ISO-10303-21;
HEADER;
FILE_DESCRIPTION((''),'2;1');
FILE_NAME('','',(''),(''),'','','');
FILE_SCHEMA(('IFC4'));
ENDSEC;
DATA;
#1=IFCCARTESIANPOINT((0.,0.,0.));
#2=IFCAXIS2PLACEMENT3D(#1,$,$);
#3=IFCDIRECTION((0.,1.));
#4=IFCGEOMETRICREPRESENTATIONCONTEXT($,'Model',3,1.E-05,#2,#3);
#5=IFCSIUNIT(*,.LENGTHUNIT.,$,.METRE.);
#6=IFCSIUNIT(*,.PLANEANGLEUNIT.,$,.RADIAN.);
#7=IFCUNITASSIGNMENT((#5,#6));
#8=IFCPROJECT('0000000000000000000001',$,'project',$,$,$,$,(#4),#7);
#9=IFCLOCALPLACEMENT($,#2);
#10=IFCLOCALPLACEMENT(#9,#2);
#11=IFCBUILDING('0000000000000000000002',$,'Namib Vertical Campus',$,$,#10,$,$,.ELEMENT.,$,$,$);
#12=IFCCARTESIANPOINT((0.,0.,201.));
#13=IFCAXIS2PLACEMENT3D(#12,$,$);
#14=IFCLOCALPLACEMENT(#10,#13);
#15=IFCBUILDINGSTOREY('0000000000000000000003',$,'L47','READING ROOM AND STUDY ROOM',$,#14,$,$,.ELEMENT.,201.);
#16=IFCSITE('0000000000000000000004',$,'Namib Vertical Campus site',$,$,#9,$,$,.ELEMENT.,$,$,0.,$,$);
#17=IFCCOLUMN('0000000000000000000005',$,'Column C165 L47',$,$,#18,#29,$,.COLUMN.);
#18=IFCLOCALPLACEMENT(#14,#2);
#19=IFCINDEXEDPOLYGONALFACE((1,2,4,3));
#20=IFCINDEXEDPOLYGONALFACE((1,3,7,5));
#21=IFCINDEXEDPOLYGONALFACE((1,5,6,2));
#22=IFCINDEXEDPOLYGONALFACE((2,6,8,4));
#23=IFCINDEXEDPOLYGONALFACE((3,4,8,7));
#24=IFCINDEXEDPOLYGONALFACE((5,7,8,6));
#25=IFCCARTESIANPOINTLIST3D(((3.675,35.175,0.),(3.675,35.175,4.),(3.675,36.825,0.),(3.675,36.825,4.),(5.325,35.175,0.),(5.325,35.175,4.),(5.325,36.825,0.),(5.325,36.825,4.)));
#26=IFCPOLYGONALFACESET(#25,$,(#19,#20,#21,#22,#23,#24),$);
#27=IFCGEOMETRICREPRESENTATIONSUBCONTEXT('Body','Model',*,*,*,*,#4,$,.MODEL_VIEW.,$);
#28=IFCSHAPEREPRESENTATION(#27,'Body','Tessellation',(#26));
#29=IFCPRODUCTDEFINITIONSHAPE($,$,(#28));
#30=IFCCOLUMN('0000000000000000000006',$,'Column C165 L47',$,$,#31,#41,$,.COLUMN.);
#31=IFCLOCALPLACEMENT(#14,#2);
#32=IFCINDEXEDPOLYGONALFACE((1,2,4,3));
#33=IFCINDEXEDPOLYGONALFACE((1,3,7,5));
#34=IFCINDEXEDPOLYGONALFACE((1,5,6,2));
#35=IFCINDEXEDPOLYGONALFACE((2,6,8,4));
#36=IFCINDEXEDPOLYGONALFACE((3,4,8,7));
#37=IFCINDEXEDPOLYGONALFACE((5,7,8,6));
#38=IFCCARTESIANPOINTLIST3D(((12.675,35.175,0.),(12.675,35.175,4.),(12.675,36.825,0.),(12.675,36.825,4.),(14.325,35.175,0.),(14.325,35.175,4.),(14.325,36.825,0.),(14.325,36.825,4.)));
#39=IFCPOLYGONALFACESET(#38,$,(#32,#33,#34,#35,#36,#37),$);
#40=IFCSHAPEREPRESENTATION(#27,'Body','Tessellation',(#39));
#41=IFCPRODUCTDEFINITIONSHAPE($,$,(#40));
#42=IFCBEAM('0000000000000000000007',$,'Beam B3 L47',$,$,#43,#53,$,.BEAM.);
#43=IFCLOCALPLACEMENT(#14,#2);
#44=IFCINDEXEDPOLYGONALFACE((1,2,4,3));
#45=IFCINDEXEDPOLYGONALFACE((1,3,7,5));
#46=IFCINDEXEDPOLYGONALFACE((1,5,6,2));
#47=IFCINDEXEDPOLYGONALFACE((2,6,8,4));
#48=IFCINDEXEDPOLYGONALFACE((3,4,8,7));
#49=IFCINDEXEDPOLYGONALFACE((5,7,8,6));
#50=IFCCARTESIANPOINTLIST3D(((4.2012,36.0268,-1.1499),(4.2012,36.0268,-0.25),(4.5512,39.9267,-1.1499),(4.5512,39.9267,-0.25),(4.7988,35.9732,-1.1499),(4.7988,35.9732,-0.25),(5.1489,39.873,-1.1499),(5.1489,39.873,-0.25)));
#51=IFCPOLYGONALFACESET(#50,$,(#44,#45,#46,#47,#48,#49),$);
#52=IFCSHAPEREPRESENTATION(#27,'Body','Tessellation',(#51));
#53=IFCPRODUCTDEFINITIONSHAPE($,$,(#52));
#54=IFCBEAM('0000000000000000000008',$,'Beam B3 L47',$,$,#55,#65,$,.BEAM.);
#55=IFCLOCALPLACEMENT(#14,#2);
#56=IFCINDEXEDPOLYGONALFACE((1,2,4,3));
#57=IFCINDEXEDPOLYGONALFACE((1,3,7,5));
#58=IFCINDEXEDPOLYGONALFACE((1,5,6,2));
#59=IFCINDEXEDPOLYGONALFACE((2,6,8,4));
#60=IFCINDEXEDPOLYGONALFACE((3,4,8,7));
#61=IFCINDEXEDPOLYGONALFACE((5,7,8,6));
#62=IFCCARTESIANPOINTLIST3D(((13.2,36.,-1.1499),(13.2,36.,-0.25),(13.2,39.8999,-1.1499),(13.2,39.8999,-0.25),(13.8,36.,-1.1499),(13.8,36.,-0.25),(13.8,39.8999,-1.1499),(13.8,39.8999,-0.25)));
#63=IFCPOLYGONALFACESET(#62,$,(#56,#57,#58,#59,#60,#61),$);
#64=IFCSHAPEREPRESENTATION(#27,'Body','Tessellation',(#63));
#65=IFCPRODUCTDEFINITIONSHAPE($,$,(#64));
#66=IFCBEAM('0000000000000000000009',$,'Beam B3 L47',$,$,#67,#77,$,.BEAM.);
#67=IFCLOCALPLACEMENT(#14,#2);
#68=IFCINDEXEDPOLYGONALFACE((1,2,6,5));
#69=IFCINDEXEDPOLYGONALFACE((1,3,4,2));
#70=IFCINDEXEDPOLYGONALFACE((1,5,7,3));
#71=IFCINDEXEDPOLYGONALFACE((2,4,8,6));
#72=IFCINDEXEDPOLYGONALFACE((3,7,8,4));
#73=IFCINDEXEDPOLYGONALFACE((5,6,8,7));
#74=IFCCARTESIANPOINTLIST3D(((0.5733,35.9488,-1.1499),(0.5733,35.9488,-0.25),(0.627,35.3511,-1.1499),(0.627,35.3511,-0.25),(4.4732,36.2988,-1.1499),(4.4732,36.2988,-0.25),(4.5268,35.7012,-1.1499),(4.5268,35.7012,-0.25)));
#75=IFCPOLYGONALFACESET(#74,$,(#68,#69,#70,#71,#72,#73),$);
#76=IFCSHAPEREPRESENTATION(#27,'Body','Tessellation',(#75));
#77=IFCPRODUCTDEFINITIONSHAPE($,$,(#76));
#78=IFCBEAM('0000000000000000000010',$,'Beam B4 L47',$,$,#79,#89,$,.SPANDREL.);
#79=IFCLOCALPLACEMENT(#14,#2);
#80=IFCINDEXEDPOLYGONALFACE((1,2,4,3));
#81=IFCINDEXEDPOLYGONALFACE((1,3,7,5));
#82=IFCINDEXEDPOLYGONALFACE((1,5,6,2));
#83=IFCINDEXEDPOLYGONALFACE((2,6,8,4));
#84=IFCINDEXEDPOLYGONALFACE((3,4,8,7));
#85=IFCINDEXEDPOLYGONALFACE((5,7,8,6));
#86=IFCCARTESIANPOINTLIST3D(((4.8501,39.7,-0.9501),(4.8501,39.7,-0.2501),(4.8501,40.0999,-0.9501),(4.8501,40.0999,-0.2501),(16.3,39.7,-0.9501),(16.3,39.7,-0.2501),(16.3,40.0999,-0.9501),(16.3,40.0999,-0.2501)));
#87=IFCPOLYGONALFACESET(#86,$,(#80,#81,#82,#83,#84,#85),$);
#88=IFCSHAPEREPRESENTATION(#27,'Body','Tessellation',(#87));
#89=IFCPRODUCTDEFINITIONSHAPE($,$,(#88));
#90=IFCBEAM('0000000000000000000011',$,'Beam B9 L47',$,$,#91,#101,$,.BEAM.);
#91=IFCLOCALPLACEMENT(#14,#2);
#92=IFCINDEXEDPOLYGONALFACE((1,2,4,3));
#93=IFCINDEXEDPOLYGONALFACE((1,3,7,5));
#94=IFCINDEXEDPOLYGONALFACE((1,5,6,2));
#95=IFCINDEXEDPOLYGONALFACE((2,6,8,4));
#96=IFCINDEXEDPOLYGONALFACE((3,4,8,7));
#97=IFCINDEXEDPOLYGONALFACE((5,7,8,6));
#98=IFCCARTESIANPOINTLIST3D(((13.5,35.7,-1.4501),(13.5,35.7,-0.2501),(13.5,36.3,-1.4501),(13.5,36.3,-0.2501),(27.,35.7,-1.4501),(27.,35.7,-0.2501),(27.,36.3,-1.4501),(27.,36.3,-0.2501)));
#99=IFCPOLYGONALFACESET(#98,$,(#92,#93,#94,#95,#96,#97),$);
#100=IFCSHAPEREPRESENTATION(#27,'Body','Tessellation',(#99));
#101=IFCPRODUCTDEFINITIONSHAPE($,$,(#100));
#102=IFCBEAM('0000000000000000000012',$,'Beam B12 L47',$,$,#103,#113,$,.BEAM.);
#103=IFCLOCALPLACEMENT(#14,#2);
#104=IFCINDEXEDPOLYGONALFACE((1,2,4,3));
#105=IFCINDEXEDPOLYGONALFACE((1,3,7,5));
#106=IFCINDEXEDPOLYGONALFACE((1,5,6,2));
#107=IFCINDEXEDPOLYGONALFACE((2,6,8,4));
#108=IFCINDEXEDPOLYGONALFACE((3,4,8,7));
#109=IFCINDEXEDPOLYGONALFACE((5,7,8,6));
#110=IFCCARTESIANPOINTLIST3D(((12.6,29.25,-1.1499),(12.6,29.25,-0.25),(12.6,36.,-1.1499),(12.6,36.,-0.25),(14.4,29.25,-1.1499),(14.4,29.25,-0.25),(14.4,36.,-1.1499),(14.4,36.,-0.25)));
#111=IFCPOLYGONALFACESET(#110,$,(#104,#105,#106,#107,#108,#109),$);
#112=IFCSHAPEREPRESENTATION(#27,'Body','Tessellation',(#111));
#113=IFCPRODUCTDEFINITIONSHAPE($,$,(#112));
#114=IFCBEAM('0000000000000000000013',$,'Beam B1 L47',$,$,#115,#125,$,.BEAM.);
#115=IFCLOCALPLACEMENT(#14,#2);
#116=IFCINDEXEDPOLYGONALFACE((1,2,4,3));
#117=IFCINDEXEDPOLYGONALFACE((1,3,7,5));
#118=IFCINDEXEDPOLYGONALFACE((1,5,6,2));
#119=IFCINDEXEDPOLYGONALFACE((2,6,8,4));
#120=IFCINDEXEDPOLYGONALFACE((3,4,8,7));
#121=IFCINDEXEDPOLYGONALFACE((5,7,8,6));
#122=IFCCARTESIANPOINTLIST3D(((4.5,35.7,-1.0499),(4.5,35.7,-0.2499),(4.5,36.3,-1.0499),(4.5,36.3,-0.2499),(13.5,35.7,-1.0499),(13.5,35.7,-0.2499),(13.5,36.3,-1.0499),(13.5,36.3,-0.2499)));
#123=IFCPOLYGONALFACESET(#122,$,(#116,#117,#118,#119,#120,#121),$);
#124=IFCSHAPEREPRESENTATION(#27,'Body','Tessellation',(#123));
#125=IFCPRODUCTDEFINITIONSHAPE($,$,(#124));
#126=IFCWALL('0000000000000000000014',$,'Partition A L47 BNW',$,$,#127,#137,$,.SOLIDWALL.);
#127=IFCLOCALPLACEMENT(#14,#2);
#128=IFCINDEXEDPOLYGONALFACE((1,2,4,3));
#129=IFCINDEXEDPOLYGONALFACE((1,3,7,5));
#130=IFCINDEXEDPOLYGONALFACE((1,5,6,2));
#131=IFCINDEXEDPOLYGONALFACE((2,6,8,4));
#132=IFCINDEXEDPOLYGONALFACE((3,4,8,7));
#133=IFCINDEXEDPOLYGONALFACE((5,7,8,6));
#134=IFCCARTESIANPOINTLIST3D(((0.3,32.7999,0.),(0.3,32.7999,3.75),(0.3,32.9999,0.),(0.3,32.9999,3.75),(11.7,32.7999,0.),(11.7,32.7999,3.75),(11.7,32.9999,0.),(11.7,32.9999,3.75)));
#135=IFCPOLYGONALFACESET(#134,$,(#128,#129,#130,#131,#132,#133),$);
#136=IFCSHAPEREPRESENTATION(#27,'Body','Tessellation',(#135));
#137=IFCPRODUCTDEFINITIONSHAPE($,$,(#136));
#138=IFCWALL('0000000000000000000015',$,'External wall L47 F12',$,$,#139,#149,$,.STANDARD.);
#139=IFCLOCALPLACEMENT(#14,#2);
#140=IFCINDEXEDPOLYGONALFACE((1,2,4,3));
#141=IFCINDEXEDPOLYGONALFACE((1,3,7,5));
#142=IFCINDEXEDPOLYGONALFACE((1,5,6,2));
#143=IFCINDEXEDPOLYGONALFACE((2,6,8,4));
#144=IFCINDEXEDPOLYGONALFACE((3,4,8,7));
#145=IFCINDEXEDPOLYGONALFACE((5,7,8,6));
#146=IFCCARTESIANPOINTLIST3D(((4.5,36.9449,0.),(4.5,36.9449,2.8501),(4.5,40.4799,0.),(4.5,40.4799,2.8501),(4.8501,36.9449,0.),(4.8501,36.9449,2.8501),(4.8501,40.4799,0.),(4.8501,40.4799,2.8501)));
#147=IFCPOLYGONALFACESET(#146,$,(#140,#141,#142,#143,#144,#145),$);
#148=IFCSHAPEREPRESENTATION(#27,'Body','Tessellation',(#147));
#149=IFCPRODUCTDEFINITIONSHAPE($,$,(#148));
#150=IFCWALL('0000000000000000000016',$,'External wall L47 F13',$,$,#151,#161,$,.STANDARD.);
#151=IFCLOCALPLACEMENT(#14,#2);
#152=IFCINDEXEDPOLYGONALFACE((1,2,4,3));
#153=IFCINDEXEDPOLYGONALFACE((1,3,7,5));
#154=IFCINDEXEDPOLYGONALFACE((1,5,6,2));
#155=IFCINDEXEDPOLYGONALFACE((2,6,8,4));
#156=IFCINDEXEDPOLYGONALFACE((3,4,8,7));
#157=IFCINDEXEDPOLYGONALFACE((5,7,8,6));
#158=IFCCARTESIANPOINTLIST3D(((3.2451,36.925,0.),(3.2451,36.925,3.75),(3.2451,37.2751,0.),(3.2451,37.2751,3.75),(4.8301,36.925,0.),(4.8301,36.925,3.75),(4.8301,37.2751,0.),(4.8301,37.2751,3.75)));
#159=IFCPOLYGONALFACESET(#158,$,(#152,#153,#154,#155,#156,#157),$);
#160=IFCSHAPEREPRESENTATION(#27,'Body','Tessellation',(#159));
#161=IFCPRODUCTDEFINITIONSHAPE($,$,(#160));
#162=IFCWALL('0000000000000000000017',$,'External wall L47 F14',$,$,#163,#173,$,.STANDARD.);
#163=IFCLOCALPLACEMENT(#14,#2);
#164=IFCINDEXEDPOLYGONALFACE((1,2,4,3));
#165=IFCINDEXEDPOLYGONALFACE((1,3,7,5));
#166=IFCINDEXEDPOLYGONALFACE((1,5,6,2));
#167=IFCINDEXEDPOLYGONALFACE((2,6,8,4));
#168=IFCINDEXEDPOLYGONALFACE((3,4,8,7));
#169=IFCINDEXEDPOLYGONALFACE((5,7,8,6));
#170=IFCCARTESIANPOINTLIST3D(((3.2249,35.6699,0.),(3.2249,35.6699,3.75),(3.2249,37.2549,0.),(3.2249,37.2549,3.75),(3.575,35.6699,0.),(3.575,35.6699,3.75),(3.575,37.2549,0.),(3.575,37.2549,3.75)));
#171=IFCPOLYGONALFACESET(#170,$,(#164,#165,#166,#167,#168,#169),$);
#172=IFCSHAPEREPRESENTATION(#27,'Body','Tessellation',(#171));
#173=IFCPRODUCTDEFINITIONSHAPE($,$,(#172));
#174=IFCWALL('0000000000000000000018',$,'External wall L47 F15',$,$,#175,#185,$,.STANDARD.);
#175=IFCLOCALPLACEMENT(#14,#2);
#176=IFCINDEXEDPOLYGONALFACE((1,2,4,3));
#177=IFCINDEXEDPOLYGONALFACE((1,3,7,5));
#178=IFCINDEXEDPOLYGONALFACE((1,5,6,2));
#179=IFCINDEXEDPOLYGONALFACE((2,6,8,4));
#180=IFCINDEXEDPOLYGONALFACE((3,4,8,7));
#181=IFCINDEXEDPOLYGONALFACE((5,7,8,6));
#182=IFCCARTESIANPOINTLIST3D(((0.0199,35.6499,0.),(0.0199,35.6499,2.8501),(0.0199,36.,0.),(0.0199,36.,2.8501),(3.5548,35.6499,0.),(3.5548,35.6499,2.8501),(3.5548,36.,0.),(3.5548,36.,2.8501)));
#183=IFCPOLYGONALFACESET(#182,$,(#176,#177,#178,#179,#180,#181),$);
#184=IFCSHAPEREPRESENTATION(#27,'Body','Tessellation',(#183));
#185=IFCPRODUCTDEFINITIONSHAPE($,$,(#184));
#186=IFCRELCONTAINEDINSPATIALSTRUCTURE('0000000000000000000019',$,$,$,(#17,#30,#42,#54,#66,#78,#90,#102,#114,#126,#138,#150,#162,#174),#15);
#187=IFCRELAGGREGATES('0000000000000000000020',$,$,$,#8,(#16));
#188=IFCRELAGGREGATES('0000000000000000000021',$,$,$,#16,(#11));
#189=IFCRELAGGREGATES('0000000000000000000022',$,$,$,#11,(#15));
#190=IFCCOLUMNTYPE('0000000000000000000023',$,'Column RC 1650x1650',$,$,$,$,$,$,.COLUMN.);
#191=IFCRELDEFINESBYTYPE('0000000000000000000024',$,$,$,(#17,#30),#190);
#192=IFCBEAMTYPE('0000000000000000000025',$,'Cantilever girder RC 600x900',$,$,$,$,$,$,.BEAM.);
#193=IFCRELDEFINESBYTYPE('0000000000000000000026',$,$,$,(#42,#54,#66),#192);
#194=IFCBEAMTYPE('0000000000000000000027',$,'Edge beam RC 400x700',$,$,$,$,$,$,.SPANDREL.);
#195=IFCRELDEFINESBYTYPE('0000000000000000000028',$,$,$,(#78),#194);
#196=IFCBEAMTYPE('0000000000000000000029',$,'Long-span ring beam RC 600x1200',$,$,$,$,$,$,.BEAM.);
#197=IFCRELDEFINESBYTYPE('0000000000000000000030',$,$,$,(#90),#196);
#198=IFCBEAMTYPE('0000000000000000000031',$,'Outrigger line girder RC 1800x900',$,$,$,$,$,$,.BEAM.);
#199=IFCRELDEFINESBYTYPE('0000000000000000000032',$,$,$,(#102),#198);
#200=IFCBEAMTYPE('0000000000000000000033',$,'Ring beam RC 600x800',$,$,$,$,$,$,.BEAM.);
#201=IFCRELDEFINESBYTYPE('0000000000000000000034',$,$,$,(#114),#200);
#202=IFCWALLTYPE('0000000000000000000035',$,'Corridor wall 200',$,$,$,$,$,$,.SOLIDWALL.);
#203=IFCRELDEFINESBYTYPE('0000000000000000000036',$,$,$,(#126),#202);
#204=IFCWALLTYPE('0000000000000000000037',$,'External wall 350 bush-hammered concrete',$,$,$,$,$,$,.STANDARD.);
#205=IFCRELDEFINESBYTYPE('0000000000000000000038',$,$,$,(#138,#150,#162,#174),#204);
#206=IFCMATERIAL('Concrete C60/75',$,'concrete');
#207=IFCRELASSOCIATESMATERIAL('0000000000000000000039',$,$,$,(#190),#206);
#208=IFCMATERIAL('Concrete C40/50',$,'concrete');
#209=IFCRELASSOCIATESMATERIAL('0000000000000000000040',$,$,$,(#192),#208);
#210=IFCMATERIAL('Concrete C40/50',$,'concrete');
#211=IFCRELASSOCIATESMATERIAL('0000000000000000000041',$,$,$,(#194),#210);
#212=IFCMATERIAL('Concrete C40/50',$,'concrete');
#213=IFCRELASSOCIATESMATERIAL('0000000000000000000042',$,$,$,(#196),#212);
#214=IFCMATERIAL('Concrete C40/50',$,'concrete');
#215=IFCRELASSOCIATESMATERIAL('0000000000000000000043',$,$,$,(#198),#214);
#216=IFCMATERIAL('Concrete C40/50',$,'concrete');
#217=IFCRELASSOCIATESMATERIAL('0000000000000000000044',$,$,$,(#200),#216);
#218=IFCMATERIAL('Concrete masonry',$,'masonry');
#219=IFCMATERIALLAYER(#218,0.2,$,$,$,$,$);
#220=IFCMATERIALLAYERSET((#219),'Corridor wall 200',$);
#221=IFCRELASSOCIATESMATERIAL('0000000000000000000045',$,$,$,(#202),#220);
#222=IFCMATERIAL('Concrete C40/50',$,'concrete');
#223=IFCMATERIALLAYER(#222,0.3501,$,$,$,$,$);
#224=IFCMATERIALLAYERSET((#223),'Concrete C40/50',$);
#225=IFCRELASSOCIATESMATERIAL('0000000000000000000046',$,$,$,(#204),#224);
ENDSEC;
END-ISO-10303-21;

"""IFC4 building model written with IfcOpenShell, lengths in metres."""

from ifc_helpers import new_model, si_unit, direction, frame, frame_2d, origin, origin_2d, place, context, subcontext, project, spatial, rectangle, extrude, material, layer, layer_set, material_profile, profile_set, type_object, element, save


model = new_model("IFC4")

# Units and contexts
model_context = context("Model", 3, precision=1e-05, world=origin(), true_north=direction((0.0, 1.0)))
body_context = subcontext(model_context, "Body", "Model", "MODEL_VIEW")
ifc_project = project(units=[si_unit("LENGTHUNIT", "METRE"), si_unit("PLANEANGLEUNIT", "RADIAN")], contexts=[model_context])

# Site, building, storey
site_placement = place(None, origin())
site = spatial("IfcSite", under=ifc_project, at=site_placement, Name="Namib Vertical Campus site", CompositionType="ELEMENT", RefElevation=0.0)
building_placement = place(site_placement, origin())
building = spatial("IfcBuilding", under=site, at=building_placement, Name="Namib Vertical Campus", CompositionType="ELEMENT")
storey_placement = place(building_placement, frame((0.0, 0.0, 201.0)))
storey = spatial("IfcBuildingStorey", under=building, at=storey_placement, Name="L47", Description="READING ROOM AND STUDY ROOM", CompositionType="ELEMENT", Elevation=201.0)

# Columns
ifc_material_1 = material(Name="Concrete C60/75", Category="concrete")
ifc_material_profile_1 = material_profile(ifc_material_1, rectangle(XDim=1.6499, YDim=1.6499, at=origin_2d()))
ifc_profile_set_1 = profile_set([ifc_material_profile_1], Name="Concrete C60/75")
column_type = type_object("IfcColumnType", Name="Column RC 1650x1650", PredefinedType="COLUMN", material=ifc_profile_set_1)
for number, where, z_axis, x_axis, name in (
    (1, (4.5, 36.0, 0.0), (0.0, 0.0, 1.0), (1.0, 0.0, 0.0), "Column C165 L47"),
    (2, (13.5, 36.0, 0.0), (0.0, 0.0, 1.0), (1.0, 0.0, 0.0), "Column C165 L47"),
):
    element("IfcColumn", number, at=place(storey_placement, frame(where, z_axis=z_axis, x_axis=x_axis)), inside=storey, type_object=column_type, Name=name, PredefinedType="COLUMN", context=body_context, shape_type="SweptSolid", body=[
        extrude(rectangle(XDim=1.6499, YDim=1.6499, at=origin_2d()), origin(), (0.0, 0.0, 1.0), 4.0),
    ])

# Beams
ifc_material_2 = material(Name="Concrete C40/50", Category="concrete")
ifc_material_profile_2 = material_profile(ifc_material_2, rectangle(XDim=0.6001, YDim=0.8999, at=origin_2d()))
ifc_profile_set_2 = profile_set([ifc_material_profile_2], Name="Concrete C40/50")
beam_type_1 = type_object("IfcBeamType", Name="Cantilever girder RC 600x900", PredefinedType="BEAM", material=ifc_profile_set_2)
beam_1_placement = place(storey_placement, frame((4.5, 36.0, -0.7), z_axis=(0.089411, 0.995995, 0.0), x_axis=(-0.995995, 0.089411, 0.0)))
element("IfcBeam", 3, at=beam_1_placement, inside=storey, type_object=beam_type_1, Name="Beam B3 L47", PredefinedType="BEAM", context=body_context, shape_type="SweptSolid", body=[
    extrude(rectangle(XDim=0.6001, YDim=0.8999, at=origin_2d()), origin(), (0.0, 0.0, 1.0), 3.9155),
])
beam_2_placement = place(storey_placement, frame((13.5, 36.0, -0.7), z_axis=(0.0, 1.0, 0.0), x_axis=(-1.0, 0.0, 0.0)))
element("IfcBeam", 4, at=beam_2_placement, inside=storey, type_object=beam_type_1, Name="Beam B3 L47", PredefinedType="BEAM", context=body_context, shape_type="SweptSolid", body=[
    extrude(rectangle(XDim=0.6001, YDim=0.8999, at=origin_2d()), origin(), (0.0, 0.0, 1.0), 3.8999),
])
beam_3_placement = place(storey_placement, frame((4.5, 36.0, -0.7), z_axis=(-0.995995, -0.089411, 0.0), x_axis=(0.089411, -0.995995, 0.0)))
element("IfcBeam", 5, at=beam_3_placement, inside=storey, type_object=beam_type_1, Name="Beam B3 L47", PredefinedType="BEAM", context=body_context, shape_type="SweptSolid", body=[
    extrude(rectangle(XDim=0.6001, YDim=0.8999, at=origin_2d()), origin(), (0.0, 0.0, 1.0), 3.9155),
])
ifc_material_3 = material(Name="Concrete C40/50", Category="concrete")
ifc_material_profile_3 = material_profile(ifc_material_3, rectangle(XDim=0.3999, YDim=0.7, at=origin_2d()))
ifc_profile_set_3 = profile_set([ifc_material_profile_3], Name="Concrete C40/50")
beam_type_2 = type_object("IfcBeamType", Name="Edge beam RC 400x700", PredefinedType="SPANDREL", material=ifc_profile_set_3)
beam_4_placement = place(storey_placement, frame((4.8501, 39.8999, -0.6001), z_axis=(1.0, 0.0, 0.0), x_axis=(0.0, 1.0, 0.0)))
element("IfcBeam", 6, at=beam_4_placement, inside=storey, type_object=beam_type_2, Name="Beam B4 L47", PredefinedType="SPANDREL", context=body_context, shape_type="SweptSolid", body=[
    extrude(rectangle(XDim=0.3999, YDim=0.7, at=origin_2d()), origin(), (0.0, 0.0, 1.0), 11.45),
])
ifc_material_4 = material(Name="Concrete C40/50", Category="concrete")
ifc_material_profile_4 = material_profile(ifc_material_4, rectangle(XDim=0.6001, YDim=1.2, at=origin_2d()))
ifc_profile_set_4 = profile_set([ifc_material_profile_4], Name="Concrete C40/50")
beam_type_3 = type_object("IfcBeamType", Name="Long-span ring beam RC 600x1200", PredefinedType="BEAM", material=ifc_profile_set_4)
beam_5_placement = place(storey_placement, frame((13.5, 36.0, -0.8501), z_axis=(1.0, 0.0, 0.0), x_axis=(0.0, 1.0, 0.0)))
element("IfcBeam", 7, at=beam_5_placement, inside=storey, type_object=beam_type_3, Name="Beam B9 L47", PredefinedType="BEAM", context=body_context, shape_type="SweptSolid", body=[
    extrude(rectangle(XDim=0.6001, YDim=1.2, at=origin_2d()), origin(), (0.0, 0.0, 1.0), 13.5),
])
ifc_material_5 = material(Name="Concrete C40/50", Category="concrete")
ifc_material_profile_5 = material_profile(ifc_material_5, rectangle(XDim=1.8, YDim=0.8999, at=origin_2d()))
ifc_profile_set_5 = profile_set([ifc_material_profile_5], Name="Concrete C40/50")
beam_type_4 = type_object("IfcBeamType", Name="Outrigger line girder RC 1800x900", PredefinedType="BEAM", material=ifc_profile_set_5)
beam_6_placement = place(storey_placement, frame((13.5, 36.0, -0.7), z_axis=(0.0, -1.0, 0.0), x_axis=(1.0, 0.0, 0.0)))
element("IfcBeam", 8, at=beam_6_placement, inside=storey, type_object=beam_type_4, Name="Beam B12 L47", PredefinedType="BEAM", context=body_context, shape_type="SweptSolid", body=[
    extrude(rectangle(XDim=1.8, YDim=0.8999, at=origin_2d()), origin(), (0.0, 0.0, 1.0), 6.75),
])
ifc_material_6 = material(Name="Concrete C40/50", Category="concrete")
ifc_material_profile_6 = material_profile(ifc_material_6, rectangle(XDim=0.6001, YDim=0.8, at=origin_2d()))
ifc_profile_set_6 = profile_set([ifc_material_profile_6], Name="Concrete C40/50")
beam_type_5 = type_object("IfcBeamType", Name="Ring beam RC 600x800", PredefinedType="BEAM", material=ifc_profile_set_6)
beam_7_placement = place(storey_placement, frame((4.5, 36.0, -0.6499), z_axis=(1.0, 0.0, 0.0), x_axis=(0.0, 1.0, 0.0)))
element("IfcBeam", 9, at=beam_7_placement, inside=storey, type_object=beam_type_5, Name="Beam B1 L47", PredefinedType="BEAM", context=body_context, shape_type="SweptSolid", body=[
    extrude(rectangle(XDim=0.6001, YDim=0.8, at=origin_2d()), origin(), (0.0, 0.0, 1.0), 9.0),
])

# Walls
ifc_material_7 = material(Name="Concrete masonry", Category="masonry")
ifc_layer_1 = layer(ifc_material_7, 0.2)
ifc_layer_set_1 = layer_set([ifc_layer_1], Name="Corridor wall 200")
wall_type_1 = type_object("IfcWallType", Name="Corridor wall 200", PredefinedType="SOLIDWALL", material=ifc_layer_set_1)
wall_1_placement = place(storey_placement, frame((0.3, 32.8999, 0.0), z_axis=(0.0, 0.0, 1.0), x_axis=(1.0, 0.0, 0.0)))
element("IfcWall", 10, at=wall_1_placement, inside=storey, type_object=wall_type_1, Name="Partition A L47 BNW", PredefinedType="SOLIDWALL", context=body_context, shape_type="SweptSolid", body=[
    extrude(rectangle(XDim=11.3999, YDim=0.2, at=frame_2d((5.7, 0.0))), origin(), (0.0, 0.0, 1.0), 3.75),
])
ifc_material_8 = material(Name="Concrete C40/50", Category="concrete")
ifc_layer_2 = layer(ifc_material_8, 0.3501)
ifc_layer_set_2 = layer_set([ifc_layer_2], Name="Concrete C40/50")
wall_type_2 = type_object("IfcWallType", Name="External wall 350 bush-hammered concrete", PredefinedType="STANDARD", material=ifc_layer_set_2)
wall_2_placement = place(storey_placement, frame((4.675, 40.48, 0.0), z_axis=(0.0, 0.0, 1.0), x_axis=(0.0, -1.0, 0.0)))
element("IfcWall", 11, at=wall_2_placement, inside=storey, type_object=wall_type_2, Name="External wall L47 F12", PredefinedType="STANDARD", context=body_context, shape_type="SweptSolid", body=[
    extrude(rectangle(XDim=3.5349, YDim=0.3501, at=frame_2d((1.7676, 0.0))), origin(), (0.0, 0.0, 1.0), 2.8501),
])
for number, where, z_axis, x_axis, name in (
    (12, (4.8301, 37.1001, 0.0), (0.0, 0.0, 1.0), (-1.0, 0.0, 0.0), "External wall L47 F13"),
    (13, (3.3999, 37.2549, 0.0), (0.0, 0.0, 1.0), (0.0, -1.0, 0.0), "External wall L47 F14"),
):
    element("IfcWall", number, at=place(storey_placement, frame(where, z_axis=z_axis, x_axis=x_axis)), inside=storey, type_object=wall_type_2, Name=name, PredefinedType="STANDARD", context=body_context, shape_type="SweptSolid", body=[
        extrude(rectangle(XDim=1.585, YDim=0.3501, at=frame_2d((0.7925, 0.0))), origin(), (0.0, 0.0, 1.0), 3.75),
    ])
wall_3_placement = place(storey_placement, frame((3.5549, 35.825, 0.0), z_axis=(0.0, 0.0, 1.0), x_axis=(-1.0, 0.0, 0.0)))
element("IfcWall", 14, at=wall_3_placement, inside=storey, type_object=wall_type_2, Name="External wall L47 F15", PredefinedType="STANDARD", context=body_context, shape_type="SweptSolid", body=[
    extrude(rectangle(XDim=3.5349, YDim=0.3501, at=frame_2d((1.7676, 0.0))), origin(), (0.0, 0.0, 1.0), 2.8501),
])

save(model, "model.ifc")
